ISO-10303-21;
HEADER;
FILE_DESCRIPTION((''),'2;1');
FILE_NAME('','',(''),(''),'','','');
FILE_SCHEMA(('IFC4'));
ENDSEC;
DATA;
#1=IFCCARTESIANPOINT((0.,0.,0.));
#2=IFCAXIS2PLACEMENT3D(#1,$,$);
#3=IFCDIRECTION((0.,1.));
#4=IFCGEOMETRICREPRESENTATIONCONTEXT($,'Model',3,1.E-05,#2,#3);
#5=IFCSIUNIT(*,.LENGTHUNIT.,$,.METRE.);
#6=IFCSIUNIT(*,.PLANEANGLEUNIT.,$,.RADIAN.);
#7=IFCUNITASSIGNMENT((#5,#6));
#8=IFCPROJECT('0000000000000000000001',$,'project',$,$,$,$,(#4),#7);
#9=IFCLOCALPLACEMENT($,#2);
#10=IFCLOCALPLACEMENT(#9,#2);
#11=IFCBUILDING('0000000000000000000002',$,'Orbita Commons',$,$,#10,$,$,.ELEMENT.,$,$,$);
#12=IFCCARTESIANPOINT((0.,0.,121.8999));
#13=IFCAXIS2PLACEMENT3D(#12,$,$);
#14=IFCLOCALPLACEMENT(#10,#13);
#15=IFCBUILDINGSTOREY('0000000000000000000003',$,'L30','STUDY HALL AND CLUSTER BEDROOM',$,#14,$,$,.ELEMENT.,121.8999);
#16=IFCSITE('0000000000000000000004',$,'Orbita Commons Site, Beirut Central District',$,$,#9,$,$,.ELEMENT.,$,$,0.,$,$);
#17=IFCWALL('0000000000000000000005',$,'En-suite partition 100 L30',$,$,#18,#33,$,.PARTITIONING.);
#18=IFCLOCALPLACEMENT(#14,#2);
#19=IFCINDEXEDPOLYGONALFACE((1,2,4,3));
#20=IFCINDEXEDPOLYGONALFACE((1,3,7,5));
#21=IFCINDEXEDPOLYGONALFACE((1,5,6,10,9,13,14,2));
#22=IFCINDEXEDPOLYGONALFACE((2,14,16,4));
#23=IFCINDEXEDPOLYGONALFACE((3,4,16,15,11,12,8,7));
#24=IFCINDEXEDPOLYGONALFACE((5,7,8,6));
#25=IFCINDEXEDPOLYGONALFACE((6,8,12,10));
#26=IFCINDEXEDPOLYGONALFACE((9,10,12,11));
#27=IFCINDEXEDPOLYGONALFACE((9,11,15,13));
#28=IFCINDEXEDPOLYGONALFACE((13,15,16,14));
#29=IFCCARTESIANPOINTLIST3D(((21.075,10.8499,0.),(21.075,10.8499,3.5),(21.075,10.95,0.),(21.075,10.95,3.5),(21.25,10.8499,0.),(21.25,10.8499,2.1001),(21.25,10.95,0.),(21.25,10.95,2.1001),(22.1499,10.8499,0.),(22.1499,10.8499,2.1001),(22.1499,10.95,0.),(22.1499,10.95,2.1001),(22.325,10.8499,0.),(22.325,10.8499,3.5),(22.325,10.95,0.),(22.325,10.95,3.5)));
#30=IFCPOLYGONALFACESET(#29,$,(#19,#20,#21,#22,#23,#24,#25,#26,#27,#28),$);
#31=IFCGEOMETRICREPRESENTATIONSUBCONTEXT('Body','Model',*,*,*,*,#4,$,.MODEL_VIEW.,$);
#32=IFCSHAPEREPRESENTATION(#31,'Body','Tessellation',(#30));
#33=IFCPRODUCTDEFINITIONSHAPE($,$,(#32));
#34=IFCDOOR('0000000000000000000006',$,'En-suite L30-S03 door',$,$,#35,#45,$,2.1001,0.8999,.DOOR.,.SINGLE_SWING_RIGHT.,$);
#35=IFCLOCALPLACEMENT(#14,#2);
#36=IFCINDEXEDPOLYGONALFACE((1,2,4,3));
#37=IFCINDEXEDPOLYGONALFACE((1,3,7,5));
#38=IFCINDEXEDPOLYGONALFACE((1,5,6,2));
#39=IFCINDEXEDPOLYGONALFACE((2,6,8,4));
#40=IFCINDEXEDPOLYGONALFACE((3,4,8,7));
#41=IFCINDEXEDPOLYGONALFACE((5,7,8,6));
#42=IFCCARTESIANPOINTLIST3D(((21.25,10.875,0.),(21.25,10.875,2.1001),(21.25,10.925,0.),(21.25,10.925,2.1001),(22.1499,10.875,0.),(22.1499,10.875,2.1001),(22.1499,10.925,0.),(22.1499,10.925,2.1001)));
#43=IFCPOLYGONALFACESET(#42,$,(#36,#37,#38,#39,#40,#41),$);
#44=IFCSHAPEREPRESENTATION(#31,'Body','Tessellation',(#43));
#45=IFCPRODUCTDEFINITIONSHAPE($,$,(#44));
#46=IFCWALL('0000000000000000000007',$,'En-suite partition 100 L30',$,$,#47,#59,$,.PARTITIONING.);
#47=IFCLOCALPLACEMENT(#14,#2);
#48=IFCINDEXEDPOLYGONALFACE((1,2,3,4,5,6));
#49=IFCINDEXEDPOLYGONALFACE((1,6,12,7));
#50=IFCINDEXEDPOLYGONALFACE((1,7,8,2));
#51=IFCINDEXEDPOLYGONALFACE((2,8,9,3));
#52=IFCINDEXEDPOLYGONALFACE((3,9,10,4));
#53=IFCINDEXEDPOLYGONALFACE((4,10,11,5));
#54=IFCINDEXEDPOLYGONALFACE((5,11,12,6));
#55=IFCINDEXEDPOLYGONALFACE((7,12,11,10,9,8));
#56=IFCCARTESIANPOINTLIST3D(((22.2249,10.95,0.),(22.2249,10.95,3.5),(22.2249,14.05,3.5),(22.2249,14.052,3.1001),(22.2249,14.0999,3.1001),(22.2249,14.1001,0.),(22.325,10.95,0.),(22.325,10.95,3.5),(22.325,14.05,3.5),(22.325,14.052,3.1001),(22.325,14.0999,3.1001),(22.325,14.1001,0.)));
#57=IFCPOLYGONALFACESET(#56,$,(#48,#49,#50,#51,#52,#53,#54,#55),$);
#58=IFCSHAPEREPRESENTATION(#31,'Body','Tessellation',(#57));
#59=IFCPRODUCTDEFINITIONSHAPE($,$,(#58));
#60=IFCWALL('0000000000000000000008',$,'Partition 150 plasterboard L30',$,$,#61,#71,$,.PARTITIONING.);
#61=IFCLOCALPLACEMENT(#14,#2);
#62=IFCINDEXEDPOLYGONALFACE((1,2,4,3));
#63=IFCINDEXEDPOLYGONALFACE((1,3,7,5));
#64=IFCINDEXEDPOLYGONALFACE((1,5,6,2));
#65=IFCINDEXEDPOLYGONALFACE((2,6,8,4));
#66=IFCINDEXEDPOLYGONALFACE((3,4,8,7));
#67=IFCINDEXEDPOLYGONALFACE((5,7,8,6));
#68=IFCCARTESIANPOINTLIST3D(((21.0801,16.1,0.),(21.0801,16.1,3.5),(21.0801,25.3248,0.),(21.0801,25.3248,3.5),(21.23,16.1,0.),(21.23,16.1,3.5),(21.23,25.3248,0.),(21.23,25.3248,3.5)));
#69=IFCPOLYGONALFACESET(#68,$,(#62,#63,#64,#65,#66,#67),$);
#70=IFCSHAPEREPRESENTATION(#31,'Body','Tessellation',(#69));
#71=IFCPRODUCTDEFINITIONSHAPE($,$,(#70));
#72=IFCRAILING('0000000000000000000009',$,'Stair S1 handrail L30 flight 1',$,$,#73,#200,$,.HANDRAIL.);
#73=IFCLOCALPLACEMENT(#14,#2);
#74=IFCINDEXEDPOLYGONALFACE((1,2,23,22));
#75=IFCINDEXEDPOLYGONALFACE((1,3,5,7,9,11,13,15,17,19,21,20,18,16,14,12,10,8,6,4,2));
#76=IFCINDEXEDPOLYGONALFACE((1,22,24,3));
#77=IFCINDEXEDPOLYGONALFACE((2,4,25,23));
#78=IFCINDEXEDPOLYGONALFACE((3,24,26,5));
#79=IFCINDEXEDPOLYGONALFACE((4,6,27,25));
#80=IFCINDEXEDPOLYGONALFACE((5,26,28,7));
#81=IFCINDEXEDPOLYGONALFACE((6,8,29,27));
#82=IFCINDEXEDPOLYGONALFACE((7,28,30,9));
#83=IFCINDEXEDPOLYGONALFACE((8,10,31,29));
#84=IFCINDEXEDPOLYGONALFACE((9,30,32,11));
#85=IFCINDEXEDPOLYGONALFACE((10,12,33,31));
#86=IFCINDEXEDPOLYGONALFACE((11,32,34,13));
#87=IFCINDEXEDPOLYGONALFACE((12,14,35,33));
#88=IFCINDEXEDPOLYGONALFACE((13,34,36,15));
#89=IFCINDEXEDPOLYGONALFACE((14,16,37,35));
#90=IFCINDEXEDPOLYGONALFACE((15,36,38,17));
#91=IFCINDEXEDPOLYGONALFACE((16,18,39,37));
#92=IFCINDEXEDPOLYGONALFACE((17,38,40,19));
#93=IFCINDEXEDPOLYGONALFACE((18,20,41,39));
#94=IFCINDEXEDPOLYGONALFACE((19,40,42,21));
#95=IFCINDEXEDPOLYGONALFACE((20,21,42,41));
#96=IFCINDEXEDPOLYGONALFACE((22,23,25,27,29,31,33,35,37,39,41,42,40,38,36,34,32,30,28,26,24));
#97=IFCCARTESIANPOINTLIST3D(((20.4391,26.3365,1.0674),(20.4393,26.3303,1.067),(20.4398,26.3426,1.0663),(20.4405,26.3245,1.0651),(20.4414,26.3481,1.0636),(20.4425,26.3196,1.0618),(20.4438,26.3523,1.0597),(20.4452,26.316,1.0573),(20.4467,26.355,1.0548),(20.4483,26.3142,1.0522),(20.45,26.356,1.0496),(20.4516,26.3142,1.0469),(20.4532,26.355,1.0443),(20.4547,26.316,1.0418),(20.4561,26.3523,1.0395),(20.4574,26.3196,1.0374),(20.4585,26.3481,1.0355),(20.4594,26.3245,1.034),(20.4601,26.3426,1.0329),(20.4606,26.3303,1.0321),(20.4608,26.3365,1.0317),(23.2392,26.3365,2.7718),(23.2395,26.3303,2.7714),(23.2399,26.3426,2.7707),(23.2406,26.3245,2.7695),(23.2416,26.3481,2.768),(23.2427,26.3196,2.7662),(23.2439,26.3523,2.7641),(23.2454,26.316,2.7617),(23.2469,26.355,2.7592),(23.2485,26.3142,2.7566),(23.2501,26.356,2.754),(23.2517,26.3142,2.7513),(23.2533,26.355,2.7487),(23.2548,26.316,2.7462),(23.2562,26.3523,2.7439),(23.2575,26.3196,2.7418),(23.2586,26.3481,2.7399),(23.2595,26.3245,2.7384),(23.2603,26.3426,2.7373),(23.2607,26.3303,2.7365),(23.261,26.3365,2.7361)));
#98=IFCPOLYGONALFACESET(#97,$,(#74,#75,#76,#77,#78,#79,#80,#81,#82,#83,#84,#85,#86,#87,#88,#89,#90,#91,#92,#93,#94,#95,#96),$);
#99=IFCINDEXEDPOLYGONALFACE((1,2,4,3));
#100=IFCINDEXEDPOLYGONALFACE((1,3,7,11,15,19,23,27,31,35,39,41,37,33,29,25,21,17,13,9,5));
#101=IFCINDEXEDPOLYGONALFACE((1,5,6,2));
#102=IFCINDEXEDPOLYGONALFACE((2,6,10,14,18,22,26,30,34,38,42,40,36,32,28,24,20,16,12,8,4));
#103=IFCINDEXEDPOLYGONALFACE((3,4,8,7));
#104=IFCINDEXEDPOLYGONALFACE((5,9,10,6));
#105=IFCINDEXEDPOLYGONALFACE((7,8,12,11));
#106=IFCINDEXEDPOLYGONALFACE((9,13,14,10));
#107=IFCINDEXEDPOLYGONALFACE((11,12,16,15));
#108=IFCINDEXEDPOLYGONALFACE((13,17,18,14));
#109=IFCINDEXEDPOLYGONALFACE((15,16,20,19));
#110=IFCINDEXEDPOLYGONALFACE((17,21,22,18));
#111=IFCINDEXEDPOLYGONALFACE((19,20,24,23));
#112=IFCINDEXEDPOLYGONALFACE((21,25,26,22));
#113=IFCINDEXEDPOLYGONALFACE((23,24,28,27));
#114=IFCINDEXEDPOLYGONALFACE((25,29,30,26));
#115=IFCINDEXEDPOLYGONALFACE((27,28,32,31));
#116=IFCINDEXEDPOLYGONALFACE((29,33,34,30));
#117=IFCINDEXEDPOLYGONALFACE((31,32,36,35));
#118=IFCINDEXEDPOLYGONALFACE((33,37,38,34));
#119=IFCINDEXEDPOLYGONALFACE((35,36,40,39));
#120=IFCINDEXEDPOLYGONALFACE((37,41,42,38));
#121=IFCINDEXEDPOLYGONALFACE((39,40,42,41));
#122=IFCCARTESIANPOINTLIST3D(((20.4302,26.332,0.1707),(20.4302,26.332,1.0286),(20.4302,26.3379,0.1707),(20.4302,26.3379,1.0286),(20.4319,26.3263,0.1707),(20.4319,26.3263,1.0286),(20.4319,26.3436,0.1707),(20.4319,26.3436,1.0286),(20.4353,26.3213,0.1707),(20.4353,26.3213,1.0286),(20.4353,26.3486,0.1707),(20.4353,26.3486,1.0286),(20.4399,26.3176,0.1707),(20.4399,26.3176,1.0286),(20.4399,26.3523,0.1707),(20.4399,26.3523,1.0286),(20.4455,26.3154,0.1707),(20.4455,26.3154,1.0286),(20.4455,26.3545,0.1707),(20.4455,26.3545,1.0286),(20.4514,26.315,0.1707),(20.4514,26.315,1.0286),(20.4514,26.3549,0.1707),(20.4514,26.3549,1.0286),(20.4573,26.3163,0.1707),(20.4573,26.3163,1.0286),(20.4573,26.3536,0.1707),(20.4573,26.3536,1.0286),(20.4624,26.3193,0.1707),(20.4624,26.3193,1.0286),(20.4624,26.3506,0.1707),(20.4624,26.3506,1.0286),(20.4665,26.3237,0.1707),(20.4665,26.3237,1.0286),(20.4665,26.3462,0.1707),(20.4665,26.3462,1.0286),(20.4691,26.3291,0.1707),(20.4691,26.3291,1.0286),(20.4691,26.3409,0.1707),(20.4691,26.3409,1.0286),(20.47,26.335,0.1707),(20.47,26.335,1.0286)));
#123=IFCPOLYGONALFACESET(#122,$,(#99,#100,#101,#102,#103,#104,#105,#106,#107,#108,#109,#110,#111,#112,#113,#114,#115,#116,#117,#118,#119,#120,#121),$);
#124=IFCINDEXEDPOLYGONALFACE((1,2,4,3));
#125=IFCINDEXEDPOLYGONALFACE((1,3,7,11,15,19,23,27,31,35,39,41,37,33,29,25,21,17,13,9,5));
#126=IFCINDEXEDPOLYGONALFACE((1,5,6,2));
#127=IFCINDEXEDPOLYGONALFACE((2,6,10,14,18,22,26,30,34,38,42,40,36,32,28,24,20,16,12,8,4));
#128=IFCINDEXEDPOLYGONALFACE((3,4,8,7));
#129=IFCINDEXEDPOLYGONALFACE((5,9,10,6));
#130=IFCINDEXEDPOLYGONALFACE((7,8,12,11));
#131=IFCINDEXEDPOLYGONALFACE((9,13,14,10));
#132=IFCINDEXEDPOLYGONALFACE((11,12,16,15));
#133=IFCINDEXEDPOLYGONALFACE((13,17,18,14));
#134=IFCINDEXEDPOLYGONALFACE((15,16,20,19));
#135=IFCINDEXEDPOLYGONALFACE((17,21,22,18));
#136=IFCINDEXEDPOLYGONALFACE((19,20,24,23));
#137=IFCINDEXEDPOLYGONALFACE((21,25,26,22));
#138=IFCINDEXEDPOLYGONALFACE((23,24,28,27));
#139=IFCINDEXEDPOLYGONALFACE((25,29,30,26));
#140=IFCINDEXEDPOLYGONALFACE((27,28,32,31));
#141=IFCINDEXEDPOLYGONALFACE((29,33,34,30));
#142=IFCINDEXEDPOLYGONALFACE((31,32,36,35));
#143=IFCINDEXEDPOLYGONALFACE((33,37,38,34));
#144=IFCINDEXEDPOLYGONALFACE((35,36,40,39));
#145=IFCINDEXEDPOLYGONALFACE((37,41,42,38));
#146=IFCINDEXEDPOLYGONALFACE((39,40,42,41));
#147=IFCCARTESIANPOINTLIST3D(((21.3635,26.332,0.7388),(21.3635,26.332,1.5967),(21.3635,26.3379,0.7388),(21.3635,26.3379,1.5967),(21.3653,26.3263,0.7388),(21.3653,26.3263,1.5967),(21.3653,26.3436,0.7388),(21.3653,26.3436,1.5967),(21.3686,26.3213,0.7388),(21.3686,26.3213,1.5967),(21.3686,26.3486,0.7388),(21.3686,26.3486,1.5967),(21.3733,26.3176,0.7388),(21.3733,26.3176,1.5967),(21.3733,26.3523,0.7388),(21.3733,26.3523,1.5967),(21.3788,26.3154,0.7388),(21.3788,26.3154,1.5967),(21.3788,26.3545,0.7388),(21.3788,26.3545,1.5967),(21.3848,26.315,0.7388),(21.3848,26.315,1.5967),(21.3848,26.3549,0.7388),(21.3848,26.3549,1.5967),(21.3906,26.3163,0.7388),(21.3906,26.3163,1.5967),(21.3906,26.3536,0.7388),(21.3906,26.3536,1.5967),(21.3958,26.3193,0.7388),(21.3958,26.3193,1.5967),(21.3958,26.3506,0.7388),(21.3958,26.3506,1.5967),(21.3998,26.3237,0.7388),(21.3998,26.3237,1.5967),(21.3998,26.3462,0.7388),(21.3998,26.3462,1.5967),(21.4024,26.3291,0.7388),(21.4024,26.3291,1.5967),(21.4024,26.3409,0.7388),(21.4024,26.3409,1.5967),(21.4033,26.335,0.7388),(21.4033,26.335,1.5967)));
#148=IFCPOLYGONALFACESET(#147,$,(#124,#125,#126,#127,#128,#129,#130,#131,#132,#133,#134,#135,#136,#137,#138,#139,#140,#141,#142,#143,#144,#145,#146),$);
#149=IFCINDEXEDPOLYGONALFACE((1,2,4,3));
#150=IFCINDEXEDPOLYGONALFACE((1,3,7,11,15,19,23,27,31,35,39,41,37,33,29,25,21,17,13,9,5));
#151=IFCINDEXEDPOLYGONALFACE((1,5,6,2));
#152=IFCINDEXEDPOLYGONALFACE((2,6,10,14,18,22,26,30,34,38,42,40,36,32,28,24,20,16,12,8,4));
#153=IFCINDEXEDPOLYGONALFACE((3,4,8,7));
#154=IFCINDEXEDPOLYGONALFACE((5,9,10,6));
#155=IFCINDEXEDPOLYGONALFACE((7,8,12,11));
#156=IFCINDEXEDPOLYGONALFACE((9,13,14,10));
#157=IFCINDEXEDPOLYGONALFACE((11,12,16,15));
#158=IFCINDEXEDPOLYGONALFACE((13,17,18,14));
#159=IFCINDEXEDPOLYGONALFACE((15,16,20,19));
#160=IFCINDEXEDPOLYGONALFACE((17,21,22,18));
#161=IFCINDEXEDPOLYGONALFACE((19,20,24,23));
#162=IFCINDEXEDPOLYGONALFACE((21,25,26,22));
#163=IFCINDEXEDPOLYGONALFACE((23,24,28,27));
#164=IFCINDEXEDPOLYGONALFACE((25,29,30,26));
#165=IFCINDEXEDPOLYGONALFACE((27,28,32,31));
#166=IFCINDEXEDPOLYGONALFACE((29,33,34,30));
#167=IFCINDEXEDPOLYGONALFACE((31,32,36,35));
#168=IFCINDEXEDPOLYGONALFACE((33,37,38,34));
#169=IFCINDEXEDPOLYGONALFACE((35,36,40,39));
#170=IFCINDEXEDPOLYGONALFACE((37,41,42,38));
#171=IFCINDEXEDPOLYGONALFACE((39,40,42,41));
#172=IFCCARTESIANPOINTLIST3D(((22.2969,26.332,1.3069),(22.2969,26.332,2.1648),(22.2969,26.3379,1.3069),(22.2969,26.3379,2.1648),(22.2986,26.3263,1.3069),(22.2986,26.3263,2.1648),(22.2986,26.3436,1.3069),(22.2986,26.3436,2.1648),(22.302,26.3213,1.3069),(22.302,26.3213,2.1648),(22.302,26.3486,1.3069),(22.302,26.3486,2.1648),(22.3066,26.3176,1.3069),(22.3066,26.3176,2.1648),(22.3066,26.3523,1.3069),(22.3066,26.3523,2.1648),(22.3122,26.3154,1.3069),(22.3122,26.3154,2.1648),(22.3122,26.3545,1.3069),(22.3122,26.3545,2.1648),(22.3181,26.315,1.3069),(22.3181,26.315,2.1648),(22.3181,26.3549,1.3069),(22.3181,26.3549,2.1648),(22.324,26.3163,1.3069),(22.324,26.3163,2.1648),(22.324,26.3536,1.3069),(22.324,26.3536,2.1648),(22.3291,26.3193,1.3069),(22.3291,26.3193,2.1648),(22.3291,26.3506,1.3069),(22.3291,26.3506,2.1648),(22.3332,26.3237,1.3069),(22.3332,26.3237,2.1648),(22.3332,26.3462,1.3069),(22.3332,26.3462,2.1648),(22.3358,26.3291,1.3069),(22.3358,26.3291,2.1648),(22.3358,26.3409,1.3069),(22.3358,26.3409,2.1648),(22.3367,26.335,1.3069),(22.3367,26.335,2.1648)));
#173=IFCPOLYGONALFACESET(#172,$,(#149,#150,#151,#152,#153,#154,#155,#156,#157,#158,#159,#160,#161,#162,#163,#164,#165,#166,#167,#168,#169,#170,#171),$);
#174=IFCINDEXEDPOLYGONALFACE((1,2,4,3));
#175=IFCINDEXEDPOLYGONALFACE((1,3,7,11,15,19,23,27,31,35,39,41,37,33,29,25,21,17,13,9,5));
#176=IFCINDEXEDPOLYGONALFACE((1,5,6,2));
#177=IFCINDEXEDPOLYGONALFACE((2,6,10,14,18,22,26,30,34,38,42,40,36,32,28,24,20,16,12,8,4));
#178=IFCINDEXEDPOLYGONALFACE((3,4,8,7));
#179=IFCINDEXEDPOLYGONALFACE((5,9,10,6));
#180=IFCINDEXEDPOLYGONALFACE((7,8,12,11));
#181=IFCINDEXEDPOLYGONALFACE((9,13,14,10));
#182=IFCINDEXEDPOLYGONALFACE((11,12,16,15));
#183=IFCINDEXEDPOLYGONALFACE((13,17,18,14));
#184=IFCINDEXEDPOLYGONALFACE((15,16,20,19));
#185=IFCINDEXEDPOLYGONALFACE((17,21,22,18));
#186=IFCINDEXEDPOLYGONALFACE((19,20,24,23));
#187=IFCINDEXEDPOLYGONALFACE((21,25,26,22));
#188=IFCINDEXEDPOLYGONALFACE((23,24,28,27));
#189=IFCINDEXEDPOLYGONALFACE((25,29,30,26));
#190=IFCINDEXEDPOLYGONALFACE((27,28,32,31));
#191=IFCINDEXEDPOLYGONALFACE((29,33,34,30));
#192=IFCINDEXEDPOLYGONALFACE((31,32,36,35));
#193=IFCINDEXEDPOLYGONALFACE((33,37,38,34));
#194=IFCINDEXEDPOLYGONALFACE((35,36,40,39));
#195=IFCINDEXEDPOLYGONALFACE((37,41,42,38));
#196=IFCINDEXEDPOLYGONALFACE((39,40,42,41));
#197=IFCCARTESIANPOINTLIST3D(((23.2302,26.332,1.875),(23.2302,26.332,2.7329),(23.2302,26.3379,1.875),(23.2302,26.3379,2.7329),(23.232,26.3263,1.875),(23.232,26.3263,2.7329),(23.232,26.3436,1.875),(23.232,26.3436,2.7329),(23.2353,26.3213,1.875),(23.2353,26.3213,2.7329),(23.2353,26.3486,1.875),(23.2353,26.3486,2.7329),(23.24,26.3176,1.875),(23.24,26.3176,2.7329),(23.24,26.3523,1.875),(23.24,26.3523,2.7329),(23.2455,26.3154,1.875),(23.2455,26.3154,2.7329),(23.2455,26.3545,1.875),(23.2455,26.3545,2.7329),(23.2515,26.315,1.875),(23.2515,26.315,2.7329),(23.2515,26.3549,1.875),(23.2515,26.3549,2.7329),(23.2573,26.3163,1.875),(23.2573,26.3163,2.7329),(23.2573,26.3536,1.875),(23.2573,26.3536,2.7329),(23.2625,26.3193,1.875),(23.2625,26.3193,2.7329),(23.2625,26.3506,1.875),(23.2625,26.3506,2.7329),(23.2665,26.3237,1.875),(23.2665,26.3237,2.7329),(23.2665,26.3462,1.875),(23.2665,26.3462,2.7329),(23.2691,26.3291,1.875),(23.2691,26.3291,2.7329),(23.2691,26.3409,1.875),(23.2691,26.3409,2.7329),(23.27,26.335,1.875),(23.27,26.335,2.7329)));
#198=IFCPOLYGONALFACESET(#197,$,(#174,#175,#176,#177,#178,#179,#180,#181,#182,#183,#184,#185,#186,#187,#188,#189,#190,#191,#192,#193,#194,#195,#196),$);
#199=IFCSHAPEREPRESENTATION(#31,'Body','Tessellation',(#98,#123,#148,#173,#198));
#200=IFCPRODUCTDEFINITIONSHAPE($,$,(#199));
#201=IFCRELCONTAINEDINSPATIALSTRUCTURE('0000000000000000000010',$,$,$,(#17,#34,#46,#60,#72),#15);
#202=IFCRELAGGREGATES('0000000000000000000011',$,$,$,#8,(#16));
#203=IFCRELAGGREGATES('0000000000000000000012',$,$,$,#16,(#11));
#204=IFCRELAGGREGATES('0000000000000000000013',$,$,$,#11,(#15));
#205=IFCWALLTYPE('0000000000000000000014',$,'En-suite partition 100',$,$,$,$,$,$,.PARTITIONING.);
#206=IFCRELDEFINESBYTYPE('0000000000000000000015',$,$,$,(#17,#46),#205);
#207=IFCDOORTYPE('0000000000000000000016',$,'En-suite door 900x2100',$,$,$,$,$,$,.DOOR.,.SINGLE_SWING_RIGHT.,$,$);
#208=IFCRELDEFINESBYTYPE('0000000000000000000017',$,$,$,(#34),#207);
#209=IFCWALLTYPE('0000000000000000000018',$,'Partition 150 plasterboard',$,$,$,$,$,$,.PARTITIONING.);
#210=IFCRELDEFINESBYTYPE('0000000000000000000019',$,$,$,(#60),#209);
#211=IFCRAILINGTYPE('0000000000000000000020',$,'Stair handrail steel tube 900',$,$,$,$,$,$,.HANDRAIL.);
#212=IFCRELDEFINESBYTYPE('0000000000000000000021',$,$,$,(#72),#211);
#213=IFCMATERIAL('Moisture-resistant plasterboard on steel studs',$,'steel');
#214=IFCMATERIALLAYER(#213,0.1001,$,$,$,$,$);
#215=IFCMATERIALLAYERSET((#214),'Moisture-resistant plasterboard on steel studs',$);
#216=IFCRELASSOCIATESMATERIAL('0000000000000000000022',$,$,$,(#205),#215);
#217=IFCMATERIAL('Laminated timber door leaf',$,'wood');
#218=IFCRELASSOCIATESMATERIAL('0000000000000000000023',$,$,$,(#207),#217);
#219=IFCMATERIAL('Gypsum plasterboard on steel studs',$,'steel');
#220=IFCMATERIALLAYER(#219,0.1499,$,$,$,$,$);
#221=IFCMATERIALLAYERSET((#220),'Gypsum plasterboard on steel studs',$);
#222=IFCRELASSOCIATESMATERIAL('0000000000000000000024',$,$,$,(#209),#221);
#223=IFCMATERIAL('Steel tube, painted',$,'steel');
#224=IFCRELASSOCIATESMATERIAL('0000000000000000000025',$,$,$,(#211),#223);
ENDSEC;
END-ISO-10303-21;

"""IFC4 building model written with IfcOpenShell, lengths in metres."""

from ifc_helpers import new_model, si_unit, direction, frame, frame_2d, origin, origin_2d, place, context, subcontext, project, spatial, polyline, rectangle, circle, outline, extrude, material, layer, layer_set, type_object, element, fill, save


model = new_model("IFC4")

# Units and contexts
model_context = context("Model", 3, precision=1e-05, world=origin(), true_north=direction((0.0, 1.0)))
body_context = subcontext(model_context, "Body", "Model", "MODEL_VIEW")
ifc_project = project(units=[si_unit("LENGTHUNIT", "METRE"), si_unit("PLANEANGLEUNIT", "RADIAN")], contexts=[model_context])

# Site, building, storey
site_placement = place(None, origin())
site = spatial("IfcSite", under=ifc_project, at=site_placement, Name="Orbita Commons Site, Beirut Central District", CompositionType="ELEMENT", RefElevation=0.0)
building_placement = place(site_placement, origin())
building = spatial("IfcBuilding", under=site, at=building_placement, Name="Orbita Commons", CompositionType="ELEMENT")
storey_placement = place(building_placement, frame((0.0, 0.0, 121.8999)))
storey = spatial("IfcBuildingStorey", under=building, at=storey_placement, Name="L30", Description="STUDY HALL AND CLUSTER BEDROOM", CompositionType="ELEMENT", Elevation=121.8999)

# Shared definitions
ifc_material_1 = material(Name="Moisture-resistant plasterboard on steel studs", Category="steel")
ifc_layer_1 = layer(ifc_material_1, 0.1001)
ifc_layer_set_1 = layer_set([ifc_layer_1], Name="Moisture-resistant plasterboard on steel studs")
wall_type_1 = type_object("IfcWallType", Name="En-suite partition 100", PredefinedType="PARTITIONING", material=ifc_layer_set_1)
ifc_material_2 = material(Name="Laminated timber door leaf", Category="wood")
door_type_1 = type_object("IfcDoorType", Name="En-suite door 900x2100", OperationType="SINGLE_SWING_RIGHT", PredefinedType="DOOR", material=ifc_material_2)

# Wall, opening, door
wall_1_placement = place(storey_placement, frame((22.325, 10.8999, 0.0), z_axis=(0.0, 0.0, 1.0), x_axis=(-1.0, 0.0, 0.0)))
wall_1 = element("IfcWall", 1, at=wall_1_placement, inside=storey, type_object=wall_type_1, Name="En-suite partition 100 L30", PredefinedType="PARTITIONING", context=body_context, shape_type="SweptSolid", body=[
    extrude(rectangle(XDim=1.25, YDim=0.1001, at=frame_2d((0.625, 0.0))), origin(), (0.0, 0.0, 1.0), 3.5),
])
opening_1_placement = place(wall_1_placement, frame((0.175, 0.0, 0.0)))
opening_1 = element("IfcOpeningElement", 2, at=opening_1_placement, cuts=wall_1, PredefinedType="OPENING", context=body_context, shape_type="SweptSolid", body=[
    extrude(rectangle(XDim=0.8999, YDim=2.1001, at=frame_2d((0.45, 1.05))), frame((0.0, 0.0601, 0.0), z_axis=(0.0, -1.0, 0.0), x_axis=(1.0, 0.0, 0.0)), (0.0, 0.0, 1.0), 0.1201),
])
door_1_placement = place(opening_1_placement, origin())
door_1 = element("IfcDoor", 3, at=door_1_placement, inside=storey, type_object=door_type_1, Name="En-suite L30-S03 door", OperationType="SINGLE_SWING_RIGHT", OverallHeight=2.1001, OverallWidth=0.8999, PredefinedType="DOOR", context=body_context, shape_type="SweptSolid", body=[
    extrude(rectangle(XDim=0.8999, YDim=2.1001, at=frame_2d((0.45, 1.05))), frame((0.0, 0.0249, 0.0), z_axis=(0.0, -1.0, 0.0), x_axis=(1.0, 0.0, 0.0)), (0.0, 0.0, 1.0), 0.05),
])
fill(opening_1, door_1)

# Walls
wall_2_placement = place(storey_placement, frame((22.2749, 10.95, 0.0), z_axis=(0.0, 0.0, 1.0), x_axis=(0.0, 1.0, 0.0)))
element("IfcWall", 4, at=wall_2_placement, inside=storey, type_object=wall_type_1, Name="En-suite partition 100 L30", PredefinedType="PARTITIONING", context=body_context, shape_type="SweptSolid", body=[
    extrude(outline(polyline([(0.0, 0.0), (3.1501, 0.0), (3.1499, 3.1001), (3.1021, 3.1001), (3.1001, 3.5), (0.0, 3.5), (0.0, 0.0)])), frame((0.0, 0.05, 0.0), z_axis=(0.0, -1.0, 0.0), x_axis=(1.0, 0.0, 0.0)), (0.0, 0.0, 1.0), 0.1001),
])
ifc_material_3 = material(Name="Gypsum plasterboard on steel studs", Category="steel")
ifc_layer_2 = layer(ifc_material_3, 0.1499)
ifc_layer_set_2 = layer_set([ifc_layer_2], Name="Gypsum plasterboard on steel studs")
wall_type_2 = type_object("IfcWallType", Name="Partition 150 plasterboard", PredefinedType="PARTITIONING", material=ifc_layer_set_2)
wall_3_placement = place(storey_placement, frame((21.155, 16.1001, 0.0), z_axis=(0.0, 0.0, 1.0), x_axis=(0.0, 1.0, 0.0)))
element("IfcWall", 5, at=wall_3_placement, inside=storey, type_object=wall_type_2, Name="Partition 150 plasterboard L30", PredefinedType="PARTITIONING", context=body_context, shape_type="SweptSolid", body=[
    extrude(rectangle(XDim=9.2249, YDim=0.1499, at=frame_2d((4.6123, 0.0))), origin(), (0.0, 0.0, 1.0), 3.5),
])

# Railing
ifc_material_4 = material(Name="Steel tube, painted", Category="steel")
railing_type = type_object("IfcRailingType", Name="Stair handrail steel tube 900", PredefinedType="HANDRAIL", material=ifc_material_4)
railing_placement = place(storey_placement, frame((20.45, 26.335, 0.1707)))
element("IfcRailing", 6, at=railing_placement, inside=storey, type_object=railing_type, Name="Stair S1 handrail L30 flight 1", PredefinedType="HANDRAIL", context=body_context, shape_type="SweptSolid", body=[
    extrude(circle(Radius=0.021, at=origin_2d()), frame((0.0, 0.0, 0.8789), z_axis=(0.854203, 0.0, 0.51994), x_axis=(0.0, 1.0, 0.0)), (0.0, 0.0, 1.0), 3.2781),
    extrude(circle(Radius=0.02, at=origin_2d()), origin(), (0.0, 0.0, 1.0), 0.8579),
    extrude(circle(Radius=0.02, at=origin_2d()), frame((0.9333, 0.0, 0.5681)), (0.0, 0.0, 1.0), 0.8579),
    extrude(circle(Radius=0.02, at=origin_2d()), frame((1.8667, 0.0, 1.1362)), (0.0, 0.0, 1.0), 0.8579),
    extrude(circle(Radius=0.02, at=origin_2d()), frame((2.8, 0.0, 1.7043)), (0.0, 0.0, 1.0), 0.8579),
])

save(model, "model.ifc")
